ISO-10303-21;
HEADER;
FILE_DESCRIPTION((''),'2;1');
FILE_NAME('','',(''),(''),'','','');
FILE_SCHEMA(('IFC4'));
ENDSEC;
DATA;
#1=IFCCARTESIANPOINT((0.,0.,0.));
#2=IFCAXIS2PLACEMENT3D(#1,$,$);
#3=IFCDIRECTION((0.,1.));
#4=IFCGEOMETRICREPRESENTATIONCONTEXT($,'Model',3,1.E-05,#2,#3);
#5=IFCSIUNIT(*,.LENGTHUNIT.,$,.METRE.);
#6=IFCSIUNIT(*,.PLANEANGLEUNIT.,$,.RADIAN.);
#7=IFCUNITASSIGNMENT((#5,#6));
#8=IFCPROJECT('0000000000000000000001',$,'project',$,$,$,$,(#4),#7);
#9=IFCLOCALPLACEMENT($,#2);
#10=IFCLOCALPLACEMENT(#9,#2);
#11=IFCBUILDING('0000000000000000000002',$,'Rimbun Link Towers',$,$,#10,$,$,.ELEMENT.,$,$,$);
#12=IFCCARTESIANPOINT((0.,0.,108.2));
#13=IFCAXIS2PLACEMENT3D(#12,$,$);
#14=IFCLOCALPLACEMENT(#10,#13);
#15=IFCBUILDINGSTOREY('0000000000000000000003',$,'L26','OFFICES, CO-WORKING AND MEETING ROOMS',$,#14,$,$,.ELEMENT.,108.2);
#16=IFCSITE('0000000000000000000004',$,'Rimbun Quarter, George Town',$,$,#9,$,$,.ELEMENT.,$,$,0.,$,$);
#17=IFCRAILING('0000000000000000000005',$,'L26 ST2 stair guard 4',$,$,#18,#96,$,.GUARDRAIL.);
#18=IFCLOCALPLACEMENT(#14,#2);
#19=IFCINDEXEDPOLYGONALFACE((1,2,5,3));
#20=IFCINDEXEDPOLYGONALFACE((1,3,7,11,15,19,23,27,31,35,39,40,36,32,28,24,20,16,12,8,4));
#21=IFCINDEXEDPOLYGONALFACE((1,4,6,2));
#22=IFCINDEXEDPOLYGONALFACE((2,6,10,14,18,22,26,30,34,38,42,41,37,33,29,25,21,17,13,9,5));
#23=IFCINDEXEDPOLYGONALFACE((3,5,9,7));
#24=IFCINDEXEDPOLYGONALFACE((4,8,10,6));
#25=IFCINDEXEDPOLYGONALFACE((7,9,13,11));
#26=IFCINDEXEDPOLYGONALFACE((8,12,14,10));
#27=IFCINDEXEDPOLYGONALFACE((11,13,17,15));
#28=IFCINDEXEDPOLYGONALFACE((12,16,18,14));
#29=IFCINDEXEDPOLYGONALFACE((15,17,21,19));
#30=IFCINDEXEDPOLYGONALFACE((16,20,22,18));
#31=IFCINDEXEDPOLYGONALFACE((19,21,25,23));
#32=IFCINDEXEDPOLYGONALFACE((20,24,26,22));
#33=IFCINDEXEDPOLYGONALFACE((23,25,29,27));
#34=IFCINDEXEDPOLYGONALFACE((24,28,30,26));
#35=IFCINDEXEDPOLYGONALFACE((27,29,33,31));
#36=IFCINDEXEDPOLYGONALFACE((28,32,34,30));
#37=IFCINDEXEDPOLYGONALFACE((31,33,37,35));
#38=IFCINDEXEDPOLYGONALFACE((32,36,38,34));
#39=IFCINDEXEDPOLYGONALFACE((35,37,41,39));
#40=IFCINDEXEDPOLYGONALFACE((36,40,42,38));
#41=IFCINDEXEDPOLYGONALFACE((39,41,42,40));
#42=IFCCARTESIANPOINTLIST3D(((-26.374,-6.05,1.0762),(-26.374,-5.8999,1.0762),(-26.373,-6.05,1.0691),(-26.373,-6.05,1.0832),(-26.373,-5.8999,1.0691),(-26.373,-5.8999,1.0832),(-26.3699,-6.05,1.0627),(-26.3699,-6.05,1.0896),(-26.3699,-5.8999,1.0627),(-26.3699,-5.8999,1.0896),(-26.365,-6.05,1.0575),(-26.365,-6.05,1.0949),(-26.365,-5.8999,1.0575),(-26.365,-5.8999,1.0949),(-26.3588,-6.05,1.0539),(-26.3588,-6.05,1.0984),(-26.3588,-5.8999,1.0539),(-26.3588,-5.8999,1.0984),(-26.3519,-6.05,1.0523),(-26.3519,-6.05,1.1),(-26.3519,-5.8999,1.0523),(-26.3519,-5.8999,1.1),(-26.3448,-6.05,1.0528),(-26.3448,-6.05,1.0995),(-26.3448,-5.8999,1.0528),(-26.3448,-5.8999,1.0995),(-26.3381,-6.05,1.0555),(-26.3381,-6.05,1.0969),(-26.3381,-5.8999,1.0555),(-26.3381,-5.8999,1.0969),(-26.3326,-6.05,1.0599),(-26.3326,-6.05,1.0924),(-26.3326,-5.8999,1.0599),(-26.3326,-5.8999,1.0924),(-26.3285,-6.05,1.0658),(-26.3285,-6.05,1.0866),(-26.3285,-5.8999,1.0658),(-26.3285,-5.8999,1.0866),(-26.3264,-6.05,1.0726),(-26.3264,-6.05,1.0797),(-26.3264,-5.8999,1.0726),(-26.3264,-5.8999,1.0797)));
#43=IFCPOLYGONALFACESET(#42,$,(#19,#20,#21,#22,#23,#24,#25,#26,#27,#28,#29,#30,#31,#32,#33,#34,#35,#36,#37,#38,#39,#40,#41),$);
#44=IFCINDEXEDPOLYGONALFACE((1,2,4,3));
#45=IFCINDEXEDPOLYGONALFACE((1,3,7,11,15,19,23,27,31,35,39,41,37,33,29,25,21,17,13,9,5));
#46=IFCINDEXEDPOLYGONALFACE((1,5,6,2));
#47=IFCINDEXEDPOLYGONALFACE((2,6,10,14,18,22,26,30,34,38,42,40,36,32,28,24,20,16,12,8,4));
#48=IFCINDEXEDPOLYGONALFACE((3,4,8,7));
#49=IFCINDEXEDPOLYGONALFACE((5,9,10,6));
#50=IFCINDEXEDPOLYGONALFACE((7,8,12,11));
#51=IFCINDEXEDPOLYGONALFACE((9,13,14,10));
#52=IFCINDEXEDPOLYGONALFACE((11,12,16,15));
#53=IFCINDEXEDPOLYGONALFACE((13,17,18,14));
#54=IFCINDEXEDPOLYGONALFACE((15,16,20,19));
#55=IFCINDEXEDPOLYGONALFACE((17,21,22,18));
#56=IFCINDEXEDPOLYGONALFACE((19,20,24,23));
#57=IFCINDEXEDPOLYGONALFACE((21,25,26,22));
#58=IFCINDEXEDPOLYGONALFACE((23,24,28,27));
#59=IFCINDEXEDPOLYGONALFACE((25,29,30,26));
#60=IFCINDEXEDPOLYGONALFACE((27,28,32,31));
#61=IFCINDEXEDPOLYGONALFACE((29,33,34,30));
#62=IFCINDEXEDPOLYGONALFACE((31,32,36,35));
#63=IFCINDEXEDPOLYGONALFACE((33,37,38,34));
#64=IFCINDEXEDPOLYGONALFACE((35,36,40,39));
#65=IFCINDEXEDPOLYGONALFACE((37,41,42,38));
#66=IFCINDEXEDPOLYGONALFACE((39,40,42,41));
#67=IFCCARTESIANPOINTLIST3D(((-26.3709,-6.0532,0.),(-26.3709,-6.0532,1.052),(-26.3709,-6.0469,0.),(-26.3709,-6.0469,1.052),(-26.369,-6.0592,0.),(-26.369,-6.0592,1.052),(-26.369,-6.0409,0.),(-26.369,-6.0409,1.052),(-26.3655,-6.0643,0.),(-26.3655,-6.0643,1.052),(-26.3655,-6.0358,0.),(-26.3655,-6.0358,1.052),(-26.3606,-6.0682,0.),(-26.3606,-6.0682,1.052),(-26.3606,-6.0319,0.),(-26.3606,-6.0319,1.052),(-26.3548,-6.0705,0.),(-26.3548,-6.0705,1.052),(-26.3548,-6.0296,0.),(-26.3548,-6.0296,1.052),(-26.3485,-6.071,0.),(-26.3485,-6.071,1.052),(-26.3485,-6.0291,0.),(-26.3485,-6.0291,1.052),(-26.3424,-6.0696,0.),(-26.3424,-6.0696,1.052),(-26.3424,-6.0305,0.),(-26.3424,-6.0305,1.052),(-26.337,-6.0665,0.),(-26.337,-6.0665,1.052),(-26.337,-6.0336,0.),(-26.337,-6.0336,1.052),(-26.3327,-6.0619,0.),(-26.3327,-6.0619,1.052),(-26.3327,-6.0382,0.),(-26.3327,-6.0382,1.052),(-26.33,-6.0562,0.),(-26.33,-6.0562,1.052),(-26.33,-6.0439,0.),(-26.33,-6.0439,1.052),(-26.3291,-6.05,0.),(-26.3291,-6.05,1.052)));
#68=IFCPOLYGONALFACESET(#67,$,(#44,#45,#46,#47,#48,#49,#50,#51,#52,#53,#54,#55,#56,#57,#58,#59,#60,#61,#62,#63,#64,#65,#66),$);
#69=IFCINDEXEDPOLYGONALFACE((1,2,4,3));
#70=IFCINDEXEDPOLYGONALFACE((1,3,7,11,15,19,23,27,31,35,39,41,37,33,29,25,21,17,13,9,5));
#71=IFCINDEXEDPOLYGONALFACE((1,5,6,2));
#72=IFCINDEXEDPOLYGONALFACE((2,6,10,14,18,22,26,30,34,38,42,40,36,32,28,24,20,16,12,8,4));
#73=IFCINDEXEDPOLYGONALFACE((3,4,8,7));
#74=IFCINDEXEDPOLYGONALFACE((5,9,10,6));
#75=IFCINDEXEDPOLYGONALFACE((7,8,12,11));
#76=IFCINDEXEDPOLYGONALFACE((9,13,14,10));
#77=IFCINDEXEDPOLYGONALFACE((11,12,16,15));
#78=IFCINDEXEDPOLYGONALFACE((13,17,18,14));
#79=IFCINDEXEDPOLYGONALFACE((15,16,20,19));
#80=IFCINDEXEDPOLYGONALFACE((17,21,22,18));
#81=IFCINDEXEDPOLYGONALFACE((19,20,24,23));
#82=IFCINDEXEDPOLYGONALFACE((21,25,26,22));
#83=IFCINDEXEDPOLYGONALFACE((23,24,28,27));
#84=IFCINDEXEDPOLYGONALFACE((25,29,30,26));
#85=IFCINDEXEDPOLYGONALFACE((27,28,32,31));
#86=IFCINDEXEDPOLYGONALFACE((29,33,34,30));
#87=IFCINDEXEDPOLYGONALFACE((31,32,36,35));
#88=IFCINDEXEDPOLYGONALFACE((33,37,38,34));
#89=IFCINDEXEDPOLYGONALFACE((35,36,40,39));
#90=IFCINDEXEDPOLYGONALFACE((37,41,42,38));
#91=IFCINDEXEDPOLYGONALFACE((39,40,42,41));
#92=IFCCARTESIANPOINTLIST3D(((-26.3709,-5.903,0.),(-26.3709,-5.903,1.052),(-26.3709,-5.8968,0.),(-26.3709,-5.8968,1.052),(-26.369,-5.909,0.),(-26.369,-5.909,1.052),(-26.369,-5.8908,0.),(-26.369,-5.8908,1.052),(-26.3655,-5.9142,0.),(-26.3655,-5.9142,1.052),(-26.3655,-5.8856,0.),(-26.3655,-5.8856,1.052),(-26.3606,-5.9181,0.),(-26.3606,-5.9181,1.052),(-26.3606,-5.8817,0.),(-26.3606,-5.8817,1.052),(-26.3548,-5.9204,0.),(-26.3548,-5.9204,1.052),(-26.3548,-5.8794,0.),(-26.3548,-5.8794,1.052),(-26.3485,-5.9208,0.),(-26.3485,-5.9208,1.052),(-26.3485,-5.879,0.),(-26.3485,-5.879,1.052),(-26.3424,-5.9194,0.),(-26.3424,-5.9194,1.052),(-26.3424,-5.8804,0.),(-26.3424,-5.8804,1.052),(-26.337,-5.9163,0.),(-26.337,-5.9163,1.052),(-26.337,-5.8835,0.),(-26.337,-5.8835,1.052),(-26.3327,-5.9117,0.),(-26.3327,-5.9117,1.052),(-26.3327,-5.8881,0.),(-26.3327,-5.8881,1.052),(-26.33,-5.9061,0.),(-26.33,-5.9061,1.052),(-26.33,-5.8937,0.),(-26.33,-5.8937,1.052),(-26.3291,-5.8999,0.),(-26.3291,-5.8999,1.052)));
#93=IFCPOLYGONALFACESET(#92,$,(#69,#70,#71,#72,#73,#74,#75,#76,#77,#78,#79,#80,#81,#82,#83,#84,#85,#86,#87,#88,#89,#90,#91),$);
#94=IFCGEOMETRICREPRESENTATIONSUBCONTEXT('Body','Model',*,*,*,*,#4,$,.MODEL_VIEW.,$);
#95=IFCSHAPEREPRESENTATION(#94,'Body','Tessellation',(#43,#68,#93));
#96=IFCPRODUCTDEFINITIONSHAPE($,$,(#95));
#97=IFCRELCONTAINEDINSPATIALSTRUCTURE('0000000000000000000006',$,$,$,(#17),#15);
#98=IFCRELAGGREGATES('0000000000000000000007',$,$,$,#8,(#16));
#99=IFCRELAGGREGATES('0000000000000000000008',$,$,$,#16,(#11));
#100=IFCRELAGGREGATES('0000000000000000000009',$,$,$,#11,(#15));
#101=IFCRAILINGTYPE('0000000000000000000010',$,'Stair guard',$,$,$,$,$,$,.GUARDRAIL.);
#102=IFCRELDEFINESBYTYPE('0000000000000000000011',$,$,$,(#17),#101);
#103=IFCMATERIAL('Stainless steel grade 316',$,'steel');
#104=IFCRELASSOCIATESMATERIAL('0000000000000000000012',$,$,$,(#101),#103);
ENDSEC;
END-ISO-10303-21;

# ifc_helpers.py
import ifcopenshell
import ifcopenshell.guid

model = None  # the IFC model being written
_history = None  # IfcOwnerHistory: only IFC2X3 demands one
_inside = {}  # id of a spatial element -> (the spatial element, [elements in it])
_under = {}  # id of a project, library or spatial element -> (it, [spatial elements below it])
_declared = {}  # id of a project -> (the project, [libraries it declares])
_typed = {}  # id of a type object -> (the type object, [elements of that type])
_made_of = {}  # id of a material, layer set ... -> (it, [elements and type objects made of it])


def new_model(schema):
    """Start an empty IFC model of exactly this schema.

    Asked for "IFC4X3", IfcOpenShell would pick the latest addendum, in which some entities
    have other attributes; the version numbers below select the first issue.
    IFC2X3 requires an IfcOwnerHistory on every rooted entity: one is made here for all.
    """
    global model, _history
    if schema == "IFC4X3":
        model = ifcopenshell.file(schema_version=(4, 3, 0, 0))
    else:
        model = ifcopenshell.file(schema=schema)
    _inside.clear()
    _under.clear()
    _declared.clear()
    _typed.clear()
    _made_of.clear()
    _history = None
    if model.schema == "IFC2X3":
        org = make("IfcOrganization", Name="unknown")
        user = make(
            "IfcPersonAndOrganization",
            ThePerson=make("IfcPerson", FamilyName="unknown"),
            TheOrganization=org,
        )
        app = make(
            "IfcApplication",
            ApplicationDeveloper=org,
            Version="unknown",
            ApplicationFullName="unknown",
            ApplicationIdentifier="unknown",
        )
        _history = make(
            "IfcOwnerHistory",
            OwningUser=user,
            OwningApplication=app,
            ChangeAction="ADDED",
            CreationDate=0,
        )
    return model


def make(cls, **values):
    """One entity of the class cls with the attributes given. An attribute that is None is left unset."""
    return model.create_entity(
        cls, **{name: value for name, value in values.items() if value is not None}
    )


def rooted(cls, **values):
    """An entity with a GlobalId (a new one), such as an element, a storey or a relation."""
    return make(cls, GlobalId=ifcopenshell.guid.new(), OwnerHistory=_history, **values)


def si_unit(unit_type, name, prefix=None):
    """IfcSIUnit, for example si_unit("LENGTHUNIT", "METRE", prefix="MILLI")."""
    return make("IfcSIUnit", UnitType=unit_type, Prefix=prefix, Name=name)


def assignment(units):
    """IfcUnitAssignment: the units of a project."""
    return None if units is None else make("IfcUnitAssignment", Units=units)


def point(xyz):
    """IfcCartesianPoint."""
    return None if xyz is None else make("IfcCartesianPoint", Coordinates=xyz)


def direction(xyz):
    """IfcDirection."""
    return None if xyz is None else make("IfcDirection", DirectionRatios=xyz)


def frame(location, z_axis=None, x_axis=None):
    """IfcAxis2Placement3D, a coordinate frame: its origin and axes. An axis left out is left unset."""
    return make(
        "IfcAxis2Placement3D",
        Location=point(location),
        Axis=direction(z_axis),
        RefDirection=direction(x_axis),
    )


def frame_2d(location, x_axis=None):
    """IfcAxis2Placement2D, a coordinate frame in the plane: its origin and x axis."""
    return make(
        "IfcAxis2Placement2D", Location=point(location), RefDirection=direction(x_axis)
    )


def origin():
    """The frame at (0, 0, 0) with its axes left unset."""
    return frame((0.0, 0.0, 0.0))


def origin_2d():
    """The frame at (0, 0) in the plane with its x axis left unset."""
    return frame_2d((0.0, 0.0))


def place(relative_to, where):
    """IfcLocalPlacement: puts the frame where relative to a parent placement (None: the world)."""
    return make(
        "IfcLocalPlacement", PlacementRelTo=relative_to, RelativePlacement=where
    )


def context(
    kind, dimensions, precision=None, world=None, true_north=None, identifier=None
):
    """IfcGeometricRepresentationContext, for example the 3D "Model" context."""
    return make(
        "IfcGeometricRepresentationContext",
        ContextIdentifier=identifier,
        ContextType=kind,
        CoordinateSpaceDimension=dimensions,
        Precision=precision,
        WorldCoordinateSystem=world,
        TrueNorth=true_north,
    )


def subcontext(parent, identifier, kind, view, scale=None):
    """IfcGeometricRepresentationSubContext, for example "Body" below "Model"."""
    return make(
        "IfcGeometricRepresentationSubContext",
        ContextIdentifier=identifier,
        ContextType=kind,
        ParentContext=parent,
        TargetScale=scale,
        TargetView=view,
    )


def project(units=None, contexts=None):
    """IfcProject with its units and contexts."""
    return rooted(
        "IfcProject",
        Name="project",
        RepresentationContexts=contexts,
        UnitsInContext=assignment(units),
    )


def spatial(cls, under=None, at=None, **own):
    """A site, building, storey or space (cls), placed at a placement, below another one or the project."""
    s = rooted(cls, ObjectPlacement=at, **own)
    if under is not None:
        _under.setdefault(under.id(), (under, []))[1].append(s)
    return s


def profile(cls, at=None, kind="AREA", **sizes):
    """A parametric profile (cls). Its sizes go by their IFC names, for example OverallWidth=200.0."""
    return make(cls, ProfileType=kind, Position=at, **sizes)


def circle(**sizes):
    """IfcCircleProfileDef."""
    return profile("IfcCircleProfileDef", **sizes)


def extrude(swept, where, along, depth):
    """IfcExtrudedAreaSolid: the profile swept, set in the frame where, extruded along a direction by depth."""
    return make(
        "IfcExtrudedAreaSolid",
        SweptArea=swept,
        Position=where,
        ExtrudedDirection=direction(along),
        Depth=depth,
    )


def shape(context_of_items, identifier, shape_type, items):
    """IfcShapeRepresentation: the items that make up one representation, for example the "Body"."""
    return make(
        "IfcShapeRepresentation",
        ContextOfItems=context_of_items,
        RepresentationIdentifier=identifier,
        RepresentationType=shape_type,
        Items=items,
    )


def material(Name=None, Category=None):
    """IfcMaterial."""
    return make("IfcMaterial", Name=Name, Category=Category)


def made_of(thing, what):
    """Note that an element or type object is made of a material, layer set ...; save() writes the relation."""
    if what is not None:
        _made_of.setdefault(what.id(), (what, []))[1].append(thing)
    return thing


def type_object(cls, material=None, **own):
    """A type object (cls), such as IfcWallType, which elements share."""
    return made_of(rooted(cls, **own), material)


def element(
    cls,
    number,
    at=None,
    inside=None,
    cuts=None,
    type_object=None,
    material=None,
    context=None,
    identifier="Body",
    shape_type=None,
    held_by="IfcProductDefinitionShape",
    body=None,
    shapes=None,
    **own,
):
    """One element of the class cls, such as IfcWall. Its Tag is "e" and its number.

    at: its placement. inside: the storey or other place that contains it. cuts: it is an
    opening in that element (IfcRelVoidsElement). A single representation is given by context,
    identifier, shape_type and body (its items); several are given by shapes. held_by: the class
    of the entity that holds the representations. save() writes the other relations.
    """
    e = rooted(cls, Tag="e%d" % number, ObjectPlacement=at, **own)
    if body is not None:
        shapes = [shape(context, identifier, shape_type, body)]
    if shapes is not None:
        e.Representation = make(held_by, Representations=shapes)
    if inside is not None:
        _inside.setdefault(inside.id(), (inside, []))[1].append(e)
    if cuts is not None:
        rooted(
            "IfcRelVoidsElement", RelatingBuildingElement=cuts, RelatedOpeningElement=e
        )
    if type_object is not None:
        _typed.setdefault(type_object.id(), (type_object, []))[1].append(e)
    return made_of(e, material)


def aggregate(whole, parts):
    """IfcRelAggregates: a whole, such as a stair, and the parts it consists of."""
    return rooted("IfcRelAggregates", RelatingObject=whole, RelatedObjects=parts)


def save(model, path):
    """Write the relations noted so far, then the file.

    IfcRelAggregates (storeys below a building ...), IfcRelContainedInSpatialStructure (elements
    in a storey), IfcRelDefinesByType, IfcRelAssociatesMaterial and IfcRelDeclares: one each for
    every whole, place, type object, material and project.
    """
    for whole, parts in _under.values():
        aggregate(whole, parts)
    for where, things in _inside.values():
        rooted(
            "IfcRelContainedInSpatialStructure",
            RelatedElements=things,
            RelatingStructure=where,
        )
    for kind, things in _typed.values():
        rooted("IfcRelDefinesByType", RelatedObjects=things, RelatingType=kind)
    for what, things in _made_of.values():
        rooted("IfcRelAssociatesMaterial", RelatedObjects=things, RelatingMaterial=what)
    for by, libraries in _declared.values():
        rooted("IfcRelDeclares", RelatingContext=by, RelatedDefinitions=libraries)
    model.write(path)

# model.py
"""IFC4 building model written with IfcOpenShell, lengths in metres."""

from ifc_helpers import new_model, si_unit, direction, frame, origin, origin_2d, place, context, subcontext, project, spatial, circle, extrude, material, type_object, element, save


model = new_model("IFC4")

# Units and contexts
model_context = context("Model", 3, precision=1e-05, world=origin(), true_north=direction((0.0, 1.0)))
body_context = subcontext(model_context, "Body", "Model", "MODEL_VIEW")
ifc_project = project(units=[si_unit("LENGTHUNIT", "METRE"), si_unit("PLANEANGLEUNIT", "RADIAN")], contexts=[model_context])

# Site, building, storey
site_placement = place(None, origin())
site = spatial("IfcSite", under=ifc_project, at=site_placement, Name="Rimbun Quarter, George Town", CompositionType="ELEMENT", RefElevation=0.0)
building_placement = place(site_placement, origin())
building = spatial("IfcBuilding", under=site, at=building_placement, Name="Rimbun Link Towers", CompositionType="ELEMENT")
storey_placement = place(building_placement, frame((0.0, 0.0, 108.2)))
storey = spatial("IfcBuildingStorey", under=building, at=storey_placement, Name="L26", Description="OFFICES, CO-WORKING AND MEETING ROOMS", CompositionType="ELEMENT", Elevation=108.2)

# Railing
ifc_material_1 = material(Name="Stainless steel grade 316", Category="steel")
railing_type_1 = type_object("IfcRailingType", Name="Stair guard", PredefinedType="GUARDRAIL", material=ifc_material_1)
railing_1_placement = place(storey_placement, frame((-26.3501, -6.05, 0.0)))
element("IfcRailing", 1, at=railing_1_placement, inside=storey, type_object=railing_type_1, Name="L26 ST2 stair guard 4", PredefinedType="GUARDRAIL", context=body_context, shape_type="SweptSolid", body=[
    extrude(circle(Radius=0.0239, at=origin_2d()), frame((0.0, 0.0, 1.0762), z_axis=(0.0, 1.0, 0.0), x_axis=(-1.0, 0.0, 0.0)), (0.0, 0.0, 1.0), 0.1501),
    extrude(circle(Radius=0.021, at=origin_2d()), origin(), (0.0, 0.0, 1.0), 1.052),
    extrude(circle(Radius=0.021, at=origin_2d()), frame((0.0, 0.1501, 0.0)), (0.0, 0.0, 1.0), 1.052),
])

save(model, "model.ifc")
